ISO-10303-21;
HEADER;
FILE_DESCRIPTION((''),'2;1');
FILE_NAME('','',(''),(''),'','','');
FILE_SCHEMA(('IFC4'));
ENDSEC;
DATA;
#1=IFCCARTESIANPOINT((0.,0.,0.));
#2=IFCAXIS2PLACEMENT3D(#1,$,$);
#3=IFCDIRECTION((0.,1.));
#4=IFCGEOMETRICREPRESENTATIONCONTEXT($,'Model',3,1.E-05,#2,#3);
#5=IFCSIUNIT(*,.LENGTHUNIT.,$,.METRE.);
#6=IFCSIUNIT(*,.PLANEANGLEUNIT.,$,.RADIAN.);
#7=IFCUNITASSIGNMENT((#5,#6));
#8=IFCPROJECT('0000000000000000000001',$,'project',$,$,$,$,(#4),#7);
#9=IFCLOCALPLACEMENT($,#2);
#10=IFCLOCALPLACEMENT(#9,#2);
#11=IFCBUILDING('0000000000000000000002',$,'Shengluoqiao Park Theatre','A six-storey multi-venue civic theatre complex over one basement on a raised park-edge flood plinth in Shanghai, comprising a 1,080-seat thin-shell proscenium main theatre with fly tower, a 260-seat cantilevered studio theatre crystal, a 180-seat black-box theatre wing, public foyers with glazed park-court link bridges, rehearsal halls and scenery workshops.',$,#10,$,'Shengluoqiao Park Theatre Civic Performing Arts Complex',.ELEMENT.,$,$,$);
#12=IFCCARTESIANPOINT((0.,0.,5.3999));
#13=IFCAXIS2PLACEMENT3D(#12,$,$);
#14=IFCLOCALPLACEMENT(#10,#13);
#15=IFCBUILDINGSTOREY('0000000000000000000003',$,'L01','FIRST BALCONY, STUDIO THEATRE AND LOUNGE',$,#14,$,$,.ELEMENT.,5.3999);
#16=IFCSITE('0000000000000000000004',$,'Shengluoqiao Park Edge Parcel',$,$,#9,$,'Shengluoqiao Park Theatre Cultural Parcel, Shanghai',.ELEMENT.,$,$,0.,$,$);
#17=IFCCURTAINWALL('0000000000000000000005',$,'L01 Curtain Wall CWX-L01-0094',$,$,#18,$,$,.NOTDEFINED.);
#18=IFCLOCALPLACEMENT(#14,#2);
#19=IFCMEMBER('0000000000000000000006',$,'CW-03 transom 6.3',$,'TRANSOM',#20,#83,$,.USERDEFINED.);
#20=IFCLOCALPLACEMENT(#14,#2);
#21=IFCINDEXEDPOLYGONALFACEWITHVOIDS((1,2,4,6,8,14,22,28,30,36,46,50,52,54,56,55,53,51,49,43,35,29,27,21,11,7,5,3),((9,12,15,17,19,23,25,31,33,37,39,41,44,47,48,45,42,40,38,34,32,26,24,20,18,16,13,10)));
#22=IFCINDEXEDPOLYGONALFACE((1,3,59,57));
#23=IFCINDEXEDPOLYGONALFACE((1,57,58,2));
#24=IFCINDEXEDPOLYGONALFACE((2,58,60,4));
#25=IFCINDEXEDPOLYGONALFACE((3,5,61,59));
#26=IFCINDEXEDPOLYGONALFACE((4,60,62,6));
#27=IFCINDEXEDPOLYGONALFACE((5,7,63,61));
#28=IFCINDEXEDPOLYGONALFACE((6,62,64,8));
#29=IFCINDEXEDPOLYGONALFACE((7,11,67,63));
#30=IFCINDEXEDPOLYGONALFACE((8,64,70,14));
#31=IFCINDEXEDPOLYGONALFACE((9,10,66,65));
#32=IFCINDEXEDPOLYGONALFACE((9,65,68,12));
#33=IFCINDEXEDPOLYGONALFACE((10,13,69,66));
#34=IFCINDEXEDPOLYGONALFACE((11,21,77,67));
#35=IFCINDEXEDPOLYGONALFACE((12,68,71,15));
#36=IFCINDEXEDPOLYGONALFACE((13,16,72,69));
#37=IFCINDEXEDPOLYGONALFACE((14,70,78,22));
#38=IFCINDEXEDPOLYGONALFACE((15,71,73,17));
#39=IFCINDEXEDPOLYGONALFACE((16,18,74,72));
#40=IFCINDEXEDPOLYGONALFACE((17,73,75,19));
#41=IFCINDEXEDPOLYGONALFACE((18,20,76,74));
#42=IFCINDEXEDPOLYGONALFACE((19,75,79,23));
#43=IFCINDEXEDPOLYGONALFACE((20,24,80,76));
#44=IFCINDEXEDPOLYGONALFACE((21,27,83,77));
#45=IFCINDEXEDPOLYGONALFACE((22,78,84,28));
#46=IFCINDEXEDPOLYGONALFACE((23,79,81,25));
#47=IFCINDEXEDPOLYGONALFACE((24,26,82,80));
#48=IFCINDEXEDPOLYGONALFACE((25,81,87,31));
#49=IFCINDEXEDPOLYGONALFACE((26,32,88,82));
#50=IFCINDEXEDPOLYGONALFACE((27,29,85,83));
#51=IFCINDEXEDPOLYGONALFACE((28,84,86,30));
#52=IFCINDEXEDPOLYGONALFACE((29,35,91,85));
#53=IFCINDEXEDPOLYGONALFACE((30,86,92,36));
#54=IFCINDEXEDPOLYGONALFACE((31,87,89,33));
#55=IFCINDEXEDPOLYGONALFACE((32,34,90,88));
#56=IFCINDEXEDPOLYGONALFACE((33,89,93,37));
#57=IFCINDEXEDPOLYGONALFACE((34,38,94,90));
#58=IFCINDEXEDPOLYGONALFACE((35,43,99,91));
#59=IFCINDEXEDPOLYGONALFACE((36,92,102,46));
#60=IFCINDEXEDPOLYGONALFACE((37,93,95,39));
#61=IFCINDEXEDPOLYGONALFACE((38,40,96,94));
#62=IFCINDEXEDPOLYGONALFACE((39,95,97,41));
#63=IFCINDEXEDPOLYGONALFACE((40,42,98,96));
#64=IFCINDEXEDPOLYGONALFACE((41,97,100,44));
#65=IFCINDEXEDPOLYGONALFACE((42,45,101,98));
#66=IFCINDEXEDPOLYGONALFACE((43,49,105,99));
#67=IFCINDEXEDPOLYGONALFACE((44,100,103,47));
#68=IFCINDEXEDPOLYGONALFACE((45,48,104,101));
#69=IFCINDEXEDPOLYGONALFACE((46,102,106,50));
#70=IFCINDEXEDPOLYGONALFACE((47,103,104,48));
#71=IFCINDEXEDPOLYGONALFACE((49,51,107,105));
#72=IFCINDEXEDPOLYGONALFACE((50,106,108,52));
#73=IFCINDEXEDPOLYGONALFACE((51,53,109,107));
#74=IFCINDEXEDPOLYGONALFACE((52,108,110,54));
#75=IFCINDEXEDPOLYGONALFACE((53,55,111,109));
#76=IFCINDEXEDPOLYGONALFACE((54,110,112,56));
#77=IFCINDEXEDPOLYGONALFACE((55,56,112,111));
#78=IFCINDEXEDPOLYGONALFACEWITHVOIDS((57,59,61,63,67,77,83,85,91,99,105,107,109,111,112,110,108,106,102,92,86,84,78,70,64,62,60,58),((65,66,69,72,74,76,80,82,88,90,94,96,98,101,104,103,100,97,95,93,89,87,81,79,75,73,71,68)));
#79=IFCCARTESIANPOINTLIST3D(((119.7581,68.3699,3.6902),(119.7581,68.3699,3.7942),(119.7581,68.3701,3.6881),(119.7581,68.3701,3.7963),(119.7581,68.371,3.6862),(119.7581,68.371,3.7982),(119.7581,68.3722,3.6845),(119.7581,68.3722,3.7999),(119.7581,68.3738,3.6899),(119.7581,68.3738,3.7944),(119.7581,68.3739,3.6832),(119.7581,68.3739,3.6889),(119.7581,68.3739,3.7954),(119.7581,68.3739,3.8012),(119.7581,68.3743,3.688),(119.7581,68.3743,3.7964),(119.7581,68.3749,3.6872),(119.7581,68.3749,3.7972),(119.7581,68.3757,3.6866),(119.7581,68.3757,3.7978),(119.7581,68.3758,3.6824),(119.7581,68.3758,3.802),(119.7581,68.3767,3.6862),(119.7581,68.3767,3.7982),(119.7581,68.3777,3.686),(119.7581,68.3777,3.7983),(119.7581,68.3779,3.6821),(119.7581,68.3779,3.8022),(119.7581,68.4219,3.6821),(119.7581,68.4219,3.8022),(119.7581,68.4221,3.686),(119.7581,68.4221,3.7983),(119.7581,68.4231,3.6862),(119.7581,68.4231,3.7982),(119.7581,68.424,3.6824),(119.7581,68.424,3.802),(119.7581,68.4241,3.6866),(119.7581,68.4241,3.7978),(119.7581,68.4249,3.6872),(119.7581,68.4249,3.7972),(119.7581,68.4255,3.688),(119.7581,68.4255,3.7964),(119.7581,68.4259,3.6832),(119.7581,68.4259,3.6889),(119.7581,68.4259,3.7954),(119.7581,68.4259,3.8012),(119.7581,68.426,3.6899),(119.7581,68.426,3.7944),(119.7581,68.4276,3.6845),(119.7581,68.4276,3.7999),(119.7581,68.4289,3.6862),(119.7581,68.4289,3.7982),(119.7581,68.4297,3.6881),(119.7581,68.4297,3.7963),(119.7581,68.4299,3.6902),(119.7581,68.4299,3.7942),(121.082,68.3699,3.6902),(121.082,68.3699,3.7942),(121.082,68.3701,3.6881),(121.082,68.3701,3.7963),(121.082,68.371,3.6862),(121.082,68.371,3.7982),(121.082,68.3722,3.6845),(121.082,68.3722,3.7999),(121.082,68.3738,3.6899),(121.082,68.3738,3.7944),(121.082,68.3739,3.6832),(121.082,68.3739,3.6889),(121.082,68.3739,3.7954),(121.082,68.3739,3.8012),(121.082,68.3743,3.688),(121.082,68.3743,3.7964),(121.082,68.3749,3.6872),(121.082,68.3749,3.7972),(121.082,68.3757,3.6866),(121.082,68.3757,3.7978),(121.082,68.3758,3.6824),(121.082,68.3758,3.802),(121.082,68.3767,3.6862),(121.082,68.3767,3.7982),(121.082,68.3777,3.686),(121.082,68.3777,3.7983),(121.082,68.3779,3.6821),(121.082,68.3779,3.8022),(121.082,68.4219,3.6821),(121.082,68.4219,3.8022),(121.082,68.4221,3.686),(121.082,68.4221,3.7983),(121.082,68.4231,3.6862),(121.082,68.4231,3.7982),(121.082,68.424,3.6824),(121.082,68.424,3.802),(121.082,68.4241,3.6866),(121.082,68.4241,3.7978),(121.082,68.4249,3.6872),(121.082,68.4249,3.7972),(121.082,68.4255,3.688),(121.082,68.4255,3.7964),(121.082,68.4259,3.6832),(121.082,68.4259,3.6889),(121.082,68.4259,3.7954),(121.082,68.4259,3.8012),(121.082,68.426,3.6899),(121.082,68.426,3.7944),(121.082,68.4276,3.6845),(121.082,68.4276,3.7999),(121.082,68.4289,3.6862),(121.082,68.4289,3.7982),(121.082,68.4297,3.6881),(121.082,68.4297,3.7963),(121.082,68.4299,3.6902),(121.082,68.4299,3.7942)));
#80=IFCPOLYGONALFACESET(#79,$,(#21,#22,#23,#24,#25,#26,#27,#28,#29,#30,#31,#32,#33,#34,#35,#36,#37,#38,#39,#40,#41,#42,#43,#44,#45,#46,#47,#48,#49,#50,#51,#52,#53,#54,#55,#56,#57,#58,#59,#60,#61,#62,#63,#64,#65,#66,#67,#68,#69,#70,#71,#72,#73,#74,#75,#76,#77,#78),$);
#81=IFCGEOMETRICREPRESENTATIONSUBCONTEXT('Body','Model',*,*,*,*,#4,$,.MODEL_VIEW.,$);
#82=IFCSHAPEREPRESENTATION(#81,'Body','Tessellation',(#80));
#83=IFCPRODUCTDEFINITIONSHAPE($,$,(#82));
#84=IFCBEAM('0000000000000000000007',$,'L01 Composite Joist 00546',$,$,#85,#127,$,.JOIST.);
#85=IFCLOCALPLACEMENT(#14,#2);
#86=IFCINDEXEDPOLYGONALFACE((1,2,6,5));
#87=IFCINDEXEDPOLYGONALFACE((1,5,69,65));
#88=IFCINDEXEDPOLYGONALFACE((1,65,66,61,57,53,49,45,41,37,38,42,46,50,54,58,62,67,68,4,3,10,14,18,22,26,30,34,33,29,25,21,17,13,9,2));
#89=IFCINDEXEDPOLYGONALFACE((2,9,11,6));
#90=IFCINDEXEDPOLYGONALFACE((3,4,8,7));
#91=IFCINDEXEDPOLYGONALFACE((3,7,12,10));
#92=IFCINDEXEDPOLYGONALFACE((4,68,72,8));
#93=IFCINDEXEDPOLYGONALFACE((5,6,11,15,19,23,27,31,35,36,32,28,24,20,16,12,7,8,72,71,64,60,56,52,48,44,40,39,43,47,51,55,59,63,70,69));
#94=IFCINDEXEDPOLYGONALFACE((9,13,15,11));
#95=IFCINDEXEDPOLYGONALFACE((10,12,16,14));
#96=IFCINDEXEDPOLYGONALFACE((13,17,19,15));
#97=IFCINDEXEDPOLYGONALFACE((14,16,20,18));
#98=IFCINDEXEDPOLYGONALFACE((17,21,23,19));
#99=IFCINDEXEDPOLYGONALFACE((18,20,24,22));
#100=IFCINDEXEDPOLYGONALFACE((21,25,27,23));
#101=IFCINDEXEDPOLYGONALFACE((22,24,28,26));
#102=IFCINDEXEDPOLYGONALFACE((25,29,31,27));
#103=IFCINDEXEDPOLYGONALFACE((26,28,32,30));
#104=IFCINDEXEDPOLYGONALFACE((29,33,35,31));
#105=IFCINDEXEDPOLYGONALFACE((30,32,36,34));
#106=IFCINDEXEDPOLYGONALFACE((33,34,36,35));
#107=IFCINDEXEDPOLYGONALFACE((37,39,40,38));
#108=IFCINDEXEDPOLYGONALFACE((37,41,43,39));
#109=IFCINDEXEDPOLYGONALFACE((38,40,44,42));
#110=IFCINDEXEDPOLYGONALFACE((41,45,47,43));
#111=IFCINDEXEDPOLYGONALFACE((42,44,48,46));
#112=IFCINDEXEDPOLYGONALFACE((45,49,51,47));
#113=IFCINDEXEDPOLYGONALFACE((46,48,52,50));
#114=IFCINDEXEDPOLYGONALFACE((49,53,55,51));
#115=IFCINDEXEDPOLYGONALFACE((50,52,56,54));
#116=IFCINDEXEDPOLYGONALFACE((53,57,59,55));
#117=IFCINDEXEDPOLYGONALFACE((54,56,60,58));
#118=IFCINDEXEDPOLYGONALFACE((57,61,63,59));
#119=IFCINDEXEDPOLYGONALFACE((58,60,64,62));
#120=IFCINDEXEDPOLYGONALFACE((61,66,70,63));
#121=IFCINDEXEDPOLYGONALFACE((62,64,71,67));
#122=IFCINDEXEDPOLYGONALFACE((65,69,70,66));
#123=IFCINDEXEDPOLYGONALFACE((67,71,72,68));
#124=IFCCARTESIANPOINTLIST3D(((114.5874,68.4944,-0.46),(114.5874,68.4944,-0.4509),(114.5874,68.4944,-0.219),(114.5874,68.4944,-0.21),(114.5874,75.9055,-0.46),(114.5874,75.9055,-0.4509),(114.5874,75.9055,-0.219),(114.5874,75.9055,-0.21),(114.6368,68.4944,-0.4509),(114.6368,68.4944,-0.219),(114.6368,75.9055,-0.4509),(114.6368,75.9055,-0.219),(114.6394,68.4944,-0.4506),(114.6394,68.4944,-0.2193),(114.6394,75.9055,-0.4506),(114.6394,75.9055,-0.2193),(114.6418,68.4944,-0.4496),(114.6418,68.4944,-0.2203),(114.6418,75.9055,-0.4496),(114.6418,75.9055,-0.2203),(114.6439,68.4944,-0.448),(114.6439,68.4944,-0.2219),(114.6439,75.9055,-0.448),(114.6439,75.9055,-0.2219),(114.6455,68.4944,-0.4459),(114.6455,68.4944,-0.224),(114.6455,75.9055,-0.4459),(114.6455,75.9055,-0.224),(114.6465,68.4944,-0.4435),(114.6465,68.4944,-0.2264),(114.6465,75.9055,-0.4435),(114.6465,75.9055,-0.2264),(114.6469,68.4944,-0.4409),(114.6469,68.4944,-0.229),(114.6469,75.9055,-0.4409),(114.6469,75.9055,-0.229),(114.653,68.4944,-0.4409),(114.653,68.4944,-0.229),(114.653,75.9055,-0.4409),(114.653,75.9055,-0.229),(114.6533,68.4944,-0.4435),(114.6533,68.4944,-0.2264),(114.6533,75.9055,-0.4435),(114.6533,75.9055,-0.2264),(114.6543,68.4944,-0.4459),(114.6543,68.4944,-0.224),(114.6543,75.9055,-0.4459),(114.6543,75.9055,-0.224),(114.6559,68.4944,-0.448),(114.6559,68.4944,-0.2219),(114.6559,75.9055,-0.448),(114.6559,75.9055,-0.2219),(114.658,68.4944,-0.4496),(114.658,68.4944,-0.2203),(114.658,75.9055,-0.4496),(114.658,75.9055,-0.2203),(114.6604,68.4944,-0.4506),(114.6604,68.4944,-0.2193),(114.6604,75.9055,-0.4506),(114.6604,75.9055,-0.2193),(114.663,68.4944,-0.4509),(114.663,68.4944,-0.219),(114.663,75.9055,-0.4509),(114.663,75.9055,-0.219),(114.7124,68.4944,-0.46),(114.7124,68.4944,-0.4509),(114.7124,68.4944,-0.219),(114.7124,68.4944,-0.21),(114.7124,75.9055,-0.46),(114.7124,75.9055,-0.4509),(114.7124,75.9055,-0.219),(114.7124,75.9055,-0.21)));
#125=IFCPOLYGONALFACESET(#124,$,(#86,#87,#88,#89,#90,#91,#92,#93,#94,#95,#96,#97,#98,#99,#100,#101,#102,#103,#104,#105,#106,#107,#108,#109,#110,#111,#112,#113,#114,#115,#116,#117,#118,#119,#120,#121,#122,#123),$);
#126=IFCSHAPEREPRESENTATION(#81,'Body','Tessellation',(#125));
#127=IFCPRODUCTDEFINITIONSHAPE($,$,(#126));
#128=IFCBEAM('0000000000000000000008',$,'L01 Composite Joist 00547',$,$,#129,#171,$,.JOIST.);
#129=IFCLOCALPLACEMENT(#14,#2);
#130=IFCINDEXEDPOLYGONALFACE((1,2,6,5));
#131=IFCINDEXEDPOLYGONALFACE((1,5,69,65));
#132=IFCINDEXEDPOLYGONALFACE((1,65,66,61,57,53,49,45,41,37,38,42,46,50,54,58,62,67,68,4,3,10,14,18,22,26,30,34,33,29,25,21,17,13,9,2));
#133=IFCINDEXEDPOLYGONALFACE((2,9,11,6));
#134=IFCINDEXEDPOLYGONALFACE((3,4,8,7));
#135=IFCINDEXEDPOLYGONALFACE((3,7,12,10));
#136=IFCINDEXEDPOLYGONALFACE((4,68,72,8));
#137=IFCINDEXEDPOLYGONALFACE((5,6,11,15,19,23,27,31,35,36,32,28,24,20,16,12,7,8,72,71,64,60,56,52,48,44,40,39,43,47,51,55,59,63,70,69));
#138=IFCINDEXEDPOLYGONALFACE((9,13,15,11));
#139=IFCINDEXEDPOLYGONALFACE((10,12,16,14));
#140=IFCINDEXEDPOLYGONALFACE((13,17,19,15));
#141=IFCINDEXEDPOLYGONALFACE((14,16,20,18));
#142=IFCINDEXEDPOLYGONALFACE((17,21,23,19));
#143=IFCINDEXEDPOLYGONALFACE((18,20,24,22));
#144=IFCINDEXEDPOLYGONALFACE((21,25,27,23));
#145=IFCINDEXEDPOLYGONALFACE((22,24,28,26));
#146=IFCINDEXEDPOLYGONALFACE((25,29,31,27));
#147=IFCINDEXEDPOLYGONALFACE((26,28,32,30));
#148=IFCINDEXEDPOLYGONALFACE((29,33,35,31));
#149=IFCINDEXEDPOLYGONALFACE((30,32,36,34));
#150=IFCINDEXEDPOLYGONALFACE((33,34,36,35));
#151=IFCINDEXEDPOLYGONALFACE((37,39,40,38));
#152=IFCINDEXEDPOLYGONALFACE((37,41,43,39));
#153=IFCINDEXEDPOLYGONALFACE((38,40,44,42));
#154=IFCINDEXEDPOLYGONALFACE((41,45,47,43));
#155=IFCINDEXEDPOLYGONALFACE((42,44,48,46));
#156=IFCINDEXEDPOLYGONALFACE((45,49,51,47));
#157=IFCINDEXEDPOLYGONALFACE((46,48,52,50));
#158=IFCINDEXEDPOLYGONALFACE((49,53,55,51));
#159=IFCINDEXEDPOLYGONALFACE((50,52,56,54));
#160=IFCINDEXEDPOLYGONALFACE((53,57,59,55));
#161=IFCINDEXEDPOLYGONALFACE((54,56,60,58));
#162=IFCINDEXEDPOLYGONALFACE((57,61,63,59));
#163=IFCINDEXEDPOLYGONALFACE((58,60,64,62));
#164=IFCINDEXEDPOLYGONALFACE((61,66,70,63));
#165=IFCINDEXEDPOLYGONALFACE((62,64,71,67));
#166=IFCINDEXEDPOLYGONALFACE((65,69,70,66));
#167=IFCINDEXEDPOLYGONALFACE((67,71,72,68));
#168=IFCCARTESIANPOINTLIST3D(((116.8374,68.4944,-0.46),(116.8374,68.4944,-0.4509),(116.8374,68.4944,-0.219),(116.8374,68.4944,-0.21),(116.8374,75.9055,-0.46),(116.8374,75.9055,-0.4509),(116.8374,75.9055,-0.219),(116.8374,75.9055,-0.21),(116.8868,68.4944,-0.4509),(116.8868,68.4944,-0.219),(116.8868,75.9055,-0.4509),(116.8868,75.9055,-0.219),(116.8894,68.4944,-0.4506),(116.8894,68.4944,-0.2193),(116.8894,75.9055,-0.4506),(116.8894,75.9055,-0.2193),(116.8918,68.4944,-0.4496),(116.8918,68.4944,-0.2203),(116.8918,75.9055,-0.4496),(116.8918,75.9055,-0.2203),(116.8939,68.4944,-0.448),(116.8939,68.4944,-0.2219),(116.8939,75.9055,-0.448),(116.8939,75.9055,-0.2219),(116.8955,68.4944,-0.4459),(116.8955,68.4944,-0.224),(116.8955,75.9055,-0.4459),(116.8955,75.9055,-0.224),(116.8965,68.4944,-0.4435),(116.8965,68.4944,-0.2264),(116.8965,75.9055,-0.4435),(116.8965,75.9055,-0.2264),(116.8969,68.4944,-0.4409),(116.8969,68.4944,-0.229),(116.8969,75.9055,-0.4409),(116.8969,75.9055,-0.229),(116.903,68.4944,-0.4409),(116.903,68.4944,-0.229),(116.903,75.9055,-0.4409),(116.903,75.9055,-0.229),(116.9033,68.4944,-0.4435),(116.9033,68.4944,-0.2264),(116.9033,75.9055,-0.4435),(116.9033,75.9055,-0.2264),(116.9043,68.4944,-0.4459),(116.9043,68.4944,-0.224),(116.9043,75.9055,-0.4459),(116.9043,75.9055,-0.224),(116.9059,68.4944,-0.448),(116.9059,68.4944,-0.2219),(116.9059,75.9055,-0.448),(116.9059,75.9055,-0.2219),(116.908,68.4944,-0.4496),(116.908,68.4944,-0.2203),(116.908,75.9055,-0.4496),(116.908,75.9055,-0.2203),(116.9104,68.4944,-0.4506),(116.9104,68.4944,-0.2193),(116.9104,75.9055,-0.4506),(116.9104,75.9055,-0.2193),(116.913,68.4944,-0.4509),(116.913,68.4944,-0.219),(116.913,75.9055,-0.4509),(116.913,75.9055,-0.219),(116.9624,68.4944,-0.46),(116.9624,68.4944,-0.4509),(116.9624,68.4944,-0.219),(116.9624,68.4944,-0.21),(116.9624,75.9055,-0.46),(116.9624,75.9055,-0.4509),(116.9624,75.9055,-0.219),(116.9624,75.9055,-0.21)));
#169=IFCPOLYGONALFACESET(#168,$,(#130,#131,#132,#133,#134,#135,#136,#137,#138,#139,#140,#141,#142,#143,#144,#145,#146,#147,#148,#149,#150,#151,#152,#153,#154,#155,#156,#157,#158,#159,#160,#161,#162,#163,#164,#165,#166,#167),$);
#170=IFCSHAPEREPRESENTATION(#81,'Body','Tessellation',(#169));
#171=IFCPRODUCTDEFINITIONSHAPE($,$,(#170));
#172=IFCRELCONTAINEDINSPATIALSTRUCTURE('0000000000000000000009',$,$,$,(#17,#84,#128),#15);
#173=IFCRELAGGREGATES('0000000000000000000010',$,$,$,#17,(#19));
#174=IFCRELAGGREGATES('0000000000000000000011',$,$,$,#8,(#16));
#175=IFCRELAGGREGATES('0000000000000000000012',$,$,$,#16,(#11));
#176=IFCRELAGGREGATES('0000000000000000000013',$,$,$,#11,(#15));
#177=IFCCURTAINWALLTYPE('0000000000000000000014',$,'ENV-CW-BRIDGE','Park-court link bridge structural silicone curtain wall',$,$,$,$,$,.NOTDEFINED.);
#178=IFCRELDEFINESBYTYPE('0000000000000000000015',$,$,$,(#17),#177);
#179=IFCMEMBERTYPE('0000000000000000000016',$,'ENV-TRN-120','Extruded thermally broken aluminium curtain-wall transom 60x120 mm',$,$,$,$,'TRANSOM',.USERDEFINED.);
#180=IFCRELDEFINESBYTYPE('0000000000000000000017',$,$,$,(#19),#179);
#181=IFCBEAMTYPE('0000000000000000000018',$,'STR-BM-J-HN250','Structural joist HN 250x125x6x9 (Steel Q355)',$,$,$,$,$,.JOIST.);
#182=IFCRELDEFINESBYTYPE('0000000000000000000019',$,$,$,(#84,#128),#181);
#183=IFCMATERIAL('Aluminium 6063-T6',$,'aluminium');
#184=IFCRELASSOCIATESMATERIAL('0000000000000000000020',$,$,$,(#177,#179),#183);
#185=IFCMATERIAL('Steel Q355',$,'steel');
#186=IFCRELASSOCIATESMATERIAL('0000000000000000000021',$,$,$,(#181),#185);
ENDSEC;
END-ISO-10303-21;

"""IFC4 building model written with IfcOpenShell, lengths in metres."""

from ifc_helpers import new_model, si_unit, direction, frame, origin, origin_2d, place, context, subcontext, project, spatial, hollow_rectangle, i_section, extrude, material, material_profile, profile_set, type_object, element, aggregate, save


model = new_model("IFC4")

# Units and contexts
model_context = context("Model", 3, precision=1e-05, world=origin(), true_north=direction((0.0, 1.0)))
body_context = subcontext(model_context, "Body", "Model", "MODEL_VIEW")
ifc_project = project(units=[si_unit("LENGTHUNIT", "METRE"), si_unit("PLANEANGLEUNIT", "RADIAN")], contexts=[model_context])

# Site, building, storey
site_placement = place(None, origin())
site = spatial("IfcSite", under=ifc_project, at=site_placement, Name="Shengluoqiao Park Edge Parcel", LongName="Shengluoqiao Park Theatre Cultural Parcel, Shanghai", CompositionType="ELEMENT", RefElevation=0.0)
building_placement = place(site_placement, origin())
building = spatial("IfcBuilding", under=site, at=building_placement, Name="Shengluoqiao Park Theatre", Description="A six-storey multi-venue civic theatre complex over one basement on a raised park-edge flood plinth in Shanghai, comprising a 1,080-seat thin-shell proscenium main theatre with fly tower, a 260-seat cantilevered studio theatre crystal, a 180-seat black-box theatre wing, public foyers with glazed park-court link bridges, rehearsal halls and scenery workshops.", LongName="Shengluoqiao Park Theatre Civic Performing Arts Complex", CompositionType="ELEMENT")
storey_placement = place(building_placement, frame((0.0, 0.0, 5.3999)))
storey = spatial("IfcBuildingStorey", under=building, at=storey_placement, Name="L01", Description="FIRST BALCONY, STUDIO THEATRE AND LOUNGE", CompositionType="ELEMENT", Elevation=5.3999)

# Curtain wall, member
ifc_material_1 = material(Name="Aluminium 6063-T6", Category="aluminium")
curtain_wall_type = type_object("IfcCurtainWallType", Name="ENV-CW-BRIDGE", Description="Park-court link bridge structural silicone curtain wall", PredefinedType="NOTDEFINED", material=ifc_material_1)
curtain_wall_placement = place(storey_placement, origin())
curtain_wall = element("IfcCurtainWall", 1, at=curtain_wall_placement, inside=storey, type_object=curtain_wall_type, Name="L01 Curtain Wall CWX-L01-0094", PredefinedType="NOTDEFINED")
ifc_material_profile_1 = material_profile(ifc_material_1, hollow_rectangle(XDim=0.0601, YDim=0.1201, WallThickness=0.0039, InnerFilletRadius=0.0039, OuterFilletRadius=0.0081, at=origin_2d()), Name="ALU TRANSOM 120x60x4")
ifc_profile_set_1 = profile_set([ifc_material_profile_1], Name="Aluminium 6063-T6")
member_type_1 = type_object("IfcMemberType", Name="ENV-TRN-120", Description="Extruded thermally broken aluminium curtain-wall transom 60x120 mm", ElementType="TRANSOM", PredefinedType="USERDEFINED", material=ifc_profile_set_1)
member_1_placement = place(storey_placement, frame((119.7581, 68.3999, 3.7422), z_axis=(1.0, 0.0, 0.0), x_axis=(0.0, 1.0, 0.0)))
member_1 = element("IfcMember", 2, at=member_1_placement, type_object=member_type_1, Name="CW-03 transom 6.3", ObjectType="TRANSOM", PredefinedType="USERDEFINED", context=body_context, shape_type="SweptSolid", body=[
    extrude(hollow_rectangle(XDim=0.0601, YDim=0.1201, WallThickness=0.0039, InnerFilletRadius=0.0039, OuterFilletRadius=0.0081, at=origin_2d()), origin(), (0.0, 0.0, 1.0), 1.324),
])

# Beams
ifc_material_2 = material(Name="Steel Q355", Category="steel")
ifc_material_profile_2 = material_profile(ifc_material_2, i_section(OverallWidth=0.125, OverallDepth=0.25, WebThickness=0.0061, FlangeThickness=0.009, FilletRadius=0.01, at=origin_2d()), Name="HN 250x125x6x9")
ifc_profile_set_2 = profile_set([ifc_material_profile_2], Name="Steel Q355")
beam_type = type_object("IfcBeamType", Name="STR-BM-J-HN250", Description="Structural joist HN 250x125x6x9 (Steel Q355)", PredefinedType="JOIST", material=ifc_profile_set_2)
for number, where, z_axis, x_axis, name in (
    (3, (114.6499, 68.4944, -0.335), (0.0, 1.0, 0.0), (-1.0, 0.0, 0.0), "L01 Composite Joist 00546"),
    (4, (116.8999, 68.4944, -0.335), (0.0, 1.0, 0.0), (-1.0, 0.0, 0.0), "L01 Composite Joist 00547"),
):
    element("IfcBeam", number, at=place(storey_placement, frame(where, z_axis=z_axis, x_axis=x_axis)), inside=storey, type_object=beam_type, Name=name, PredefinedType="JOIST", context=body_context, shape_type="SweptSolid", body=[
        extrude(i_section(OverallWidth=0.125, OverallDepth=0.25, WebThickness=0.0061, FlangeThickness=0.009, FilletRadius=0.01, at=origin_2d()), origin(), (0.0, 0.0, 1.0), 7.4111),
    ])

aggregate(curtain_wall, [member_1])

save(model, "model.ifc")
